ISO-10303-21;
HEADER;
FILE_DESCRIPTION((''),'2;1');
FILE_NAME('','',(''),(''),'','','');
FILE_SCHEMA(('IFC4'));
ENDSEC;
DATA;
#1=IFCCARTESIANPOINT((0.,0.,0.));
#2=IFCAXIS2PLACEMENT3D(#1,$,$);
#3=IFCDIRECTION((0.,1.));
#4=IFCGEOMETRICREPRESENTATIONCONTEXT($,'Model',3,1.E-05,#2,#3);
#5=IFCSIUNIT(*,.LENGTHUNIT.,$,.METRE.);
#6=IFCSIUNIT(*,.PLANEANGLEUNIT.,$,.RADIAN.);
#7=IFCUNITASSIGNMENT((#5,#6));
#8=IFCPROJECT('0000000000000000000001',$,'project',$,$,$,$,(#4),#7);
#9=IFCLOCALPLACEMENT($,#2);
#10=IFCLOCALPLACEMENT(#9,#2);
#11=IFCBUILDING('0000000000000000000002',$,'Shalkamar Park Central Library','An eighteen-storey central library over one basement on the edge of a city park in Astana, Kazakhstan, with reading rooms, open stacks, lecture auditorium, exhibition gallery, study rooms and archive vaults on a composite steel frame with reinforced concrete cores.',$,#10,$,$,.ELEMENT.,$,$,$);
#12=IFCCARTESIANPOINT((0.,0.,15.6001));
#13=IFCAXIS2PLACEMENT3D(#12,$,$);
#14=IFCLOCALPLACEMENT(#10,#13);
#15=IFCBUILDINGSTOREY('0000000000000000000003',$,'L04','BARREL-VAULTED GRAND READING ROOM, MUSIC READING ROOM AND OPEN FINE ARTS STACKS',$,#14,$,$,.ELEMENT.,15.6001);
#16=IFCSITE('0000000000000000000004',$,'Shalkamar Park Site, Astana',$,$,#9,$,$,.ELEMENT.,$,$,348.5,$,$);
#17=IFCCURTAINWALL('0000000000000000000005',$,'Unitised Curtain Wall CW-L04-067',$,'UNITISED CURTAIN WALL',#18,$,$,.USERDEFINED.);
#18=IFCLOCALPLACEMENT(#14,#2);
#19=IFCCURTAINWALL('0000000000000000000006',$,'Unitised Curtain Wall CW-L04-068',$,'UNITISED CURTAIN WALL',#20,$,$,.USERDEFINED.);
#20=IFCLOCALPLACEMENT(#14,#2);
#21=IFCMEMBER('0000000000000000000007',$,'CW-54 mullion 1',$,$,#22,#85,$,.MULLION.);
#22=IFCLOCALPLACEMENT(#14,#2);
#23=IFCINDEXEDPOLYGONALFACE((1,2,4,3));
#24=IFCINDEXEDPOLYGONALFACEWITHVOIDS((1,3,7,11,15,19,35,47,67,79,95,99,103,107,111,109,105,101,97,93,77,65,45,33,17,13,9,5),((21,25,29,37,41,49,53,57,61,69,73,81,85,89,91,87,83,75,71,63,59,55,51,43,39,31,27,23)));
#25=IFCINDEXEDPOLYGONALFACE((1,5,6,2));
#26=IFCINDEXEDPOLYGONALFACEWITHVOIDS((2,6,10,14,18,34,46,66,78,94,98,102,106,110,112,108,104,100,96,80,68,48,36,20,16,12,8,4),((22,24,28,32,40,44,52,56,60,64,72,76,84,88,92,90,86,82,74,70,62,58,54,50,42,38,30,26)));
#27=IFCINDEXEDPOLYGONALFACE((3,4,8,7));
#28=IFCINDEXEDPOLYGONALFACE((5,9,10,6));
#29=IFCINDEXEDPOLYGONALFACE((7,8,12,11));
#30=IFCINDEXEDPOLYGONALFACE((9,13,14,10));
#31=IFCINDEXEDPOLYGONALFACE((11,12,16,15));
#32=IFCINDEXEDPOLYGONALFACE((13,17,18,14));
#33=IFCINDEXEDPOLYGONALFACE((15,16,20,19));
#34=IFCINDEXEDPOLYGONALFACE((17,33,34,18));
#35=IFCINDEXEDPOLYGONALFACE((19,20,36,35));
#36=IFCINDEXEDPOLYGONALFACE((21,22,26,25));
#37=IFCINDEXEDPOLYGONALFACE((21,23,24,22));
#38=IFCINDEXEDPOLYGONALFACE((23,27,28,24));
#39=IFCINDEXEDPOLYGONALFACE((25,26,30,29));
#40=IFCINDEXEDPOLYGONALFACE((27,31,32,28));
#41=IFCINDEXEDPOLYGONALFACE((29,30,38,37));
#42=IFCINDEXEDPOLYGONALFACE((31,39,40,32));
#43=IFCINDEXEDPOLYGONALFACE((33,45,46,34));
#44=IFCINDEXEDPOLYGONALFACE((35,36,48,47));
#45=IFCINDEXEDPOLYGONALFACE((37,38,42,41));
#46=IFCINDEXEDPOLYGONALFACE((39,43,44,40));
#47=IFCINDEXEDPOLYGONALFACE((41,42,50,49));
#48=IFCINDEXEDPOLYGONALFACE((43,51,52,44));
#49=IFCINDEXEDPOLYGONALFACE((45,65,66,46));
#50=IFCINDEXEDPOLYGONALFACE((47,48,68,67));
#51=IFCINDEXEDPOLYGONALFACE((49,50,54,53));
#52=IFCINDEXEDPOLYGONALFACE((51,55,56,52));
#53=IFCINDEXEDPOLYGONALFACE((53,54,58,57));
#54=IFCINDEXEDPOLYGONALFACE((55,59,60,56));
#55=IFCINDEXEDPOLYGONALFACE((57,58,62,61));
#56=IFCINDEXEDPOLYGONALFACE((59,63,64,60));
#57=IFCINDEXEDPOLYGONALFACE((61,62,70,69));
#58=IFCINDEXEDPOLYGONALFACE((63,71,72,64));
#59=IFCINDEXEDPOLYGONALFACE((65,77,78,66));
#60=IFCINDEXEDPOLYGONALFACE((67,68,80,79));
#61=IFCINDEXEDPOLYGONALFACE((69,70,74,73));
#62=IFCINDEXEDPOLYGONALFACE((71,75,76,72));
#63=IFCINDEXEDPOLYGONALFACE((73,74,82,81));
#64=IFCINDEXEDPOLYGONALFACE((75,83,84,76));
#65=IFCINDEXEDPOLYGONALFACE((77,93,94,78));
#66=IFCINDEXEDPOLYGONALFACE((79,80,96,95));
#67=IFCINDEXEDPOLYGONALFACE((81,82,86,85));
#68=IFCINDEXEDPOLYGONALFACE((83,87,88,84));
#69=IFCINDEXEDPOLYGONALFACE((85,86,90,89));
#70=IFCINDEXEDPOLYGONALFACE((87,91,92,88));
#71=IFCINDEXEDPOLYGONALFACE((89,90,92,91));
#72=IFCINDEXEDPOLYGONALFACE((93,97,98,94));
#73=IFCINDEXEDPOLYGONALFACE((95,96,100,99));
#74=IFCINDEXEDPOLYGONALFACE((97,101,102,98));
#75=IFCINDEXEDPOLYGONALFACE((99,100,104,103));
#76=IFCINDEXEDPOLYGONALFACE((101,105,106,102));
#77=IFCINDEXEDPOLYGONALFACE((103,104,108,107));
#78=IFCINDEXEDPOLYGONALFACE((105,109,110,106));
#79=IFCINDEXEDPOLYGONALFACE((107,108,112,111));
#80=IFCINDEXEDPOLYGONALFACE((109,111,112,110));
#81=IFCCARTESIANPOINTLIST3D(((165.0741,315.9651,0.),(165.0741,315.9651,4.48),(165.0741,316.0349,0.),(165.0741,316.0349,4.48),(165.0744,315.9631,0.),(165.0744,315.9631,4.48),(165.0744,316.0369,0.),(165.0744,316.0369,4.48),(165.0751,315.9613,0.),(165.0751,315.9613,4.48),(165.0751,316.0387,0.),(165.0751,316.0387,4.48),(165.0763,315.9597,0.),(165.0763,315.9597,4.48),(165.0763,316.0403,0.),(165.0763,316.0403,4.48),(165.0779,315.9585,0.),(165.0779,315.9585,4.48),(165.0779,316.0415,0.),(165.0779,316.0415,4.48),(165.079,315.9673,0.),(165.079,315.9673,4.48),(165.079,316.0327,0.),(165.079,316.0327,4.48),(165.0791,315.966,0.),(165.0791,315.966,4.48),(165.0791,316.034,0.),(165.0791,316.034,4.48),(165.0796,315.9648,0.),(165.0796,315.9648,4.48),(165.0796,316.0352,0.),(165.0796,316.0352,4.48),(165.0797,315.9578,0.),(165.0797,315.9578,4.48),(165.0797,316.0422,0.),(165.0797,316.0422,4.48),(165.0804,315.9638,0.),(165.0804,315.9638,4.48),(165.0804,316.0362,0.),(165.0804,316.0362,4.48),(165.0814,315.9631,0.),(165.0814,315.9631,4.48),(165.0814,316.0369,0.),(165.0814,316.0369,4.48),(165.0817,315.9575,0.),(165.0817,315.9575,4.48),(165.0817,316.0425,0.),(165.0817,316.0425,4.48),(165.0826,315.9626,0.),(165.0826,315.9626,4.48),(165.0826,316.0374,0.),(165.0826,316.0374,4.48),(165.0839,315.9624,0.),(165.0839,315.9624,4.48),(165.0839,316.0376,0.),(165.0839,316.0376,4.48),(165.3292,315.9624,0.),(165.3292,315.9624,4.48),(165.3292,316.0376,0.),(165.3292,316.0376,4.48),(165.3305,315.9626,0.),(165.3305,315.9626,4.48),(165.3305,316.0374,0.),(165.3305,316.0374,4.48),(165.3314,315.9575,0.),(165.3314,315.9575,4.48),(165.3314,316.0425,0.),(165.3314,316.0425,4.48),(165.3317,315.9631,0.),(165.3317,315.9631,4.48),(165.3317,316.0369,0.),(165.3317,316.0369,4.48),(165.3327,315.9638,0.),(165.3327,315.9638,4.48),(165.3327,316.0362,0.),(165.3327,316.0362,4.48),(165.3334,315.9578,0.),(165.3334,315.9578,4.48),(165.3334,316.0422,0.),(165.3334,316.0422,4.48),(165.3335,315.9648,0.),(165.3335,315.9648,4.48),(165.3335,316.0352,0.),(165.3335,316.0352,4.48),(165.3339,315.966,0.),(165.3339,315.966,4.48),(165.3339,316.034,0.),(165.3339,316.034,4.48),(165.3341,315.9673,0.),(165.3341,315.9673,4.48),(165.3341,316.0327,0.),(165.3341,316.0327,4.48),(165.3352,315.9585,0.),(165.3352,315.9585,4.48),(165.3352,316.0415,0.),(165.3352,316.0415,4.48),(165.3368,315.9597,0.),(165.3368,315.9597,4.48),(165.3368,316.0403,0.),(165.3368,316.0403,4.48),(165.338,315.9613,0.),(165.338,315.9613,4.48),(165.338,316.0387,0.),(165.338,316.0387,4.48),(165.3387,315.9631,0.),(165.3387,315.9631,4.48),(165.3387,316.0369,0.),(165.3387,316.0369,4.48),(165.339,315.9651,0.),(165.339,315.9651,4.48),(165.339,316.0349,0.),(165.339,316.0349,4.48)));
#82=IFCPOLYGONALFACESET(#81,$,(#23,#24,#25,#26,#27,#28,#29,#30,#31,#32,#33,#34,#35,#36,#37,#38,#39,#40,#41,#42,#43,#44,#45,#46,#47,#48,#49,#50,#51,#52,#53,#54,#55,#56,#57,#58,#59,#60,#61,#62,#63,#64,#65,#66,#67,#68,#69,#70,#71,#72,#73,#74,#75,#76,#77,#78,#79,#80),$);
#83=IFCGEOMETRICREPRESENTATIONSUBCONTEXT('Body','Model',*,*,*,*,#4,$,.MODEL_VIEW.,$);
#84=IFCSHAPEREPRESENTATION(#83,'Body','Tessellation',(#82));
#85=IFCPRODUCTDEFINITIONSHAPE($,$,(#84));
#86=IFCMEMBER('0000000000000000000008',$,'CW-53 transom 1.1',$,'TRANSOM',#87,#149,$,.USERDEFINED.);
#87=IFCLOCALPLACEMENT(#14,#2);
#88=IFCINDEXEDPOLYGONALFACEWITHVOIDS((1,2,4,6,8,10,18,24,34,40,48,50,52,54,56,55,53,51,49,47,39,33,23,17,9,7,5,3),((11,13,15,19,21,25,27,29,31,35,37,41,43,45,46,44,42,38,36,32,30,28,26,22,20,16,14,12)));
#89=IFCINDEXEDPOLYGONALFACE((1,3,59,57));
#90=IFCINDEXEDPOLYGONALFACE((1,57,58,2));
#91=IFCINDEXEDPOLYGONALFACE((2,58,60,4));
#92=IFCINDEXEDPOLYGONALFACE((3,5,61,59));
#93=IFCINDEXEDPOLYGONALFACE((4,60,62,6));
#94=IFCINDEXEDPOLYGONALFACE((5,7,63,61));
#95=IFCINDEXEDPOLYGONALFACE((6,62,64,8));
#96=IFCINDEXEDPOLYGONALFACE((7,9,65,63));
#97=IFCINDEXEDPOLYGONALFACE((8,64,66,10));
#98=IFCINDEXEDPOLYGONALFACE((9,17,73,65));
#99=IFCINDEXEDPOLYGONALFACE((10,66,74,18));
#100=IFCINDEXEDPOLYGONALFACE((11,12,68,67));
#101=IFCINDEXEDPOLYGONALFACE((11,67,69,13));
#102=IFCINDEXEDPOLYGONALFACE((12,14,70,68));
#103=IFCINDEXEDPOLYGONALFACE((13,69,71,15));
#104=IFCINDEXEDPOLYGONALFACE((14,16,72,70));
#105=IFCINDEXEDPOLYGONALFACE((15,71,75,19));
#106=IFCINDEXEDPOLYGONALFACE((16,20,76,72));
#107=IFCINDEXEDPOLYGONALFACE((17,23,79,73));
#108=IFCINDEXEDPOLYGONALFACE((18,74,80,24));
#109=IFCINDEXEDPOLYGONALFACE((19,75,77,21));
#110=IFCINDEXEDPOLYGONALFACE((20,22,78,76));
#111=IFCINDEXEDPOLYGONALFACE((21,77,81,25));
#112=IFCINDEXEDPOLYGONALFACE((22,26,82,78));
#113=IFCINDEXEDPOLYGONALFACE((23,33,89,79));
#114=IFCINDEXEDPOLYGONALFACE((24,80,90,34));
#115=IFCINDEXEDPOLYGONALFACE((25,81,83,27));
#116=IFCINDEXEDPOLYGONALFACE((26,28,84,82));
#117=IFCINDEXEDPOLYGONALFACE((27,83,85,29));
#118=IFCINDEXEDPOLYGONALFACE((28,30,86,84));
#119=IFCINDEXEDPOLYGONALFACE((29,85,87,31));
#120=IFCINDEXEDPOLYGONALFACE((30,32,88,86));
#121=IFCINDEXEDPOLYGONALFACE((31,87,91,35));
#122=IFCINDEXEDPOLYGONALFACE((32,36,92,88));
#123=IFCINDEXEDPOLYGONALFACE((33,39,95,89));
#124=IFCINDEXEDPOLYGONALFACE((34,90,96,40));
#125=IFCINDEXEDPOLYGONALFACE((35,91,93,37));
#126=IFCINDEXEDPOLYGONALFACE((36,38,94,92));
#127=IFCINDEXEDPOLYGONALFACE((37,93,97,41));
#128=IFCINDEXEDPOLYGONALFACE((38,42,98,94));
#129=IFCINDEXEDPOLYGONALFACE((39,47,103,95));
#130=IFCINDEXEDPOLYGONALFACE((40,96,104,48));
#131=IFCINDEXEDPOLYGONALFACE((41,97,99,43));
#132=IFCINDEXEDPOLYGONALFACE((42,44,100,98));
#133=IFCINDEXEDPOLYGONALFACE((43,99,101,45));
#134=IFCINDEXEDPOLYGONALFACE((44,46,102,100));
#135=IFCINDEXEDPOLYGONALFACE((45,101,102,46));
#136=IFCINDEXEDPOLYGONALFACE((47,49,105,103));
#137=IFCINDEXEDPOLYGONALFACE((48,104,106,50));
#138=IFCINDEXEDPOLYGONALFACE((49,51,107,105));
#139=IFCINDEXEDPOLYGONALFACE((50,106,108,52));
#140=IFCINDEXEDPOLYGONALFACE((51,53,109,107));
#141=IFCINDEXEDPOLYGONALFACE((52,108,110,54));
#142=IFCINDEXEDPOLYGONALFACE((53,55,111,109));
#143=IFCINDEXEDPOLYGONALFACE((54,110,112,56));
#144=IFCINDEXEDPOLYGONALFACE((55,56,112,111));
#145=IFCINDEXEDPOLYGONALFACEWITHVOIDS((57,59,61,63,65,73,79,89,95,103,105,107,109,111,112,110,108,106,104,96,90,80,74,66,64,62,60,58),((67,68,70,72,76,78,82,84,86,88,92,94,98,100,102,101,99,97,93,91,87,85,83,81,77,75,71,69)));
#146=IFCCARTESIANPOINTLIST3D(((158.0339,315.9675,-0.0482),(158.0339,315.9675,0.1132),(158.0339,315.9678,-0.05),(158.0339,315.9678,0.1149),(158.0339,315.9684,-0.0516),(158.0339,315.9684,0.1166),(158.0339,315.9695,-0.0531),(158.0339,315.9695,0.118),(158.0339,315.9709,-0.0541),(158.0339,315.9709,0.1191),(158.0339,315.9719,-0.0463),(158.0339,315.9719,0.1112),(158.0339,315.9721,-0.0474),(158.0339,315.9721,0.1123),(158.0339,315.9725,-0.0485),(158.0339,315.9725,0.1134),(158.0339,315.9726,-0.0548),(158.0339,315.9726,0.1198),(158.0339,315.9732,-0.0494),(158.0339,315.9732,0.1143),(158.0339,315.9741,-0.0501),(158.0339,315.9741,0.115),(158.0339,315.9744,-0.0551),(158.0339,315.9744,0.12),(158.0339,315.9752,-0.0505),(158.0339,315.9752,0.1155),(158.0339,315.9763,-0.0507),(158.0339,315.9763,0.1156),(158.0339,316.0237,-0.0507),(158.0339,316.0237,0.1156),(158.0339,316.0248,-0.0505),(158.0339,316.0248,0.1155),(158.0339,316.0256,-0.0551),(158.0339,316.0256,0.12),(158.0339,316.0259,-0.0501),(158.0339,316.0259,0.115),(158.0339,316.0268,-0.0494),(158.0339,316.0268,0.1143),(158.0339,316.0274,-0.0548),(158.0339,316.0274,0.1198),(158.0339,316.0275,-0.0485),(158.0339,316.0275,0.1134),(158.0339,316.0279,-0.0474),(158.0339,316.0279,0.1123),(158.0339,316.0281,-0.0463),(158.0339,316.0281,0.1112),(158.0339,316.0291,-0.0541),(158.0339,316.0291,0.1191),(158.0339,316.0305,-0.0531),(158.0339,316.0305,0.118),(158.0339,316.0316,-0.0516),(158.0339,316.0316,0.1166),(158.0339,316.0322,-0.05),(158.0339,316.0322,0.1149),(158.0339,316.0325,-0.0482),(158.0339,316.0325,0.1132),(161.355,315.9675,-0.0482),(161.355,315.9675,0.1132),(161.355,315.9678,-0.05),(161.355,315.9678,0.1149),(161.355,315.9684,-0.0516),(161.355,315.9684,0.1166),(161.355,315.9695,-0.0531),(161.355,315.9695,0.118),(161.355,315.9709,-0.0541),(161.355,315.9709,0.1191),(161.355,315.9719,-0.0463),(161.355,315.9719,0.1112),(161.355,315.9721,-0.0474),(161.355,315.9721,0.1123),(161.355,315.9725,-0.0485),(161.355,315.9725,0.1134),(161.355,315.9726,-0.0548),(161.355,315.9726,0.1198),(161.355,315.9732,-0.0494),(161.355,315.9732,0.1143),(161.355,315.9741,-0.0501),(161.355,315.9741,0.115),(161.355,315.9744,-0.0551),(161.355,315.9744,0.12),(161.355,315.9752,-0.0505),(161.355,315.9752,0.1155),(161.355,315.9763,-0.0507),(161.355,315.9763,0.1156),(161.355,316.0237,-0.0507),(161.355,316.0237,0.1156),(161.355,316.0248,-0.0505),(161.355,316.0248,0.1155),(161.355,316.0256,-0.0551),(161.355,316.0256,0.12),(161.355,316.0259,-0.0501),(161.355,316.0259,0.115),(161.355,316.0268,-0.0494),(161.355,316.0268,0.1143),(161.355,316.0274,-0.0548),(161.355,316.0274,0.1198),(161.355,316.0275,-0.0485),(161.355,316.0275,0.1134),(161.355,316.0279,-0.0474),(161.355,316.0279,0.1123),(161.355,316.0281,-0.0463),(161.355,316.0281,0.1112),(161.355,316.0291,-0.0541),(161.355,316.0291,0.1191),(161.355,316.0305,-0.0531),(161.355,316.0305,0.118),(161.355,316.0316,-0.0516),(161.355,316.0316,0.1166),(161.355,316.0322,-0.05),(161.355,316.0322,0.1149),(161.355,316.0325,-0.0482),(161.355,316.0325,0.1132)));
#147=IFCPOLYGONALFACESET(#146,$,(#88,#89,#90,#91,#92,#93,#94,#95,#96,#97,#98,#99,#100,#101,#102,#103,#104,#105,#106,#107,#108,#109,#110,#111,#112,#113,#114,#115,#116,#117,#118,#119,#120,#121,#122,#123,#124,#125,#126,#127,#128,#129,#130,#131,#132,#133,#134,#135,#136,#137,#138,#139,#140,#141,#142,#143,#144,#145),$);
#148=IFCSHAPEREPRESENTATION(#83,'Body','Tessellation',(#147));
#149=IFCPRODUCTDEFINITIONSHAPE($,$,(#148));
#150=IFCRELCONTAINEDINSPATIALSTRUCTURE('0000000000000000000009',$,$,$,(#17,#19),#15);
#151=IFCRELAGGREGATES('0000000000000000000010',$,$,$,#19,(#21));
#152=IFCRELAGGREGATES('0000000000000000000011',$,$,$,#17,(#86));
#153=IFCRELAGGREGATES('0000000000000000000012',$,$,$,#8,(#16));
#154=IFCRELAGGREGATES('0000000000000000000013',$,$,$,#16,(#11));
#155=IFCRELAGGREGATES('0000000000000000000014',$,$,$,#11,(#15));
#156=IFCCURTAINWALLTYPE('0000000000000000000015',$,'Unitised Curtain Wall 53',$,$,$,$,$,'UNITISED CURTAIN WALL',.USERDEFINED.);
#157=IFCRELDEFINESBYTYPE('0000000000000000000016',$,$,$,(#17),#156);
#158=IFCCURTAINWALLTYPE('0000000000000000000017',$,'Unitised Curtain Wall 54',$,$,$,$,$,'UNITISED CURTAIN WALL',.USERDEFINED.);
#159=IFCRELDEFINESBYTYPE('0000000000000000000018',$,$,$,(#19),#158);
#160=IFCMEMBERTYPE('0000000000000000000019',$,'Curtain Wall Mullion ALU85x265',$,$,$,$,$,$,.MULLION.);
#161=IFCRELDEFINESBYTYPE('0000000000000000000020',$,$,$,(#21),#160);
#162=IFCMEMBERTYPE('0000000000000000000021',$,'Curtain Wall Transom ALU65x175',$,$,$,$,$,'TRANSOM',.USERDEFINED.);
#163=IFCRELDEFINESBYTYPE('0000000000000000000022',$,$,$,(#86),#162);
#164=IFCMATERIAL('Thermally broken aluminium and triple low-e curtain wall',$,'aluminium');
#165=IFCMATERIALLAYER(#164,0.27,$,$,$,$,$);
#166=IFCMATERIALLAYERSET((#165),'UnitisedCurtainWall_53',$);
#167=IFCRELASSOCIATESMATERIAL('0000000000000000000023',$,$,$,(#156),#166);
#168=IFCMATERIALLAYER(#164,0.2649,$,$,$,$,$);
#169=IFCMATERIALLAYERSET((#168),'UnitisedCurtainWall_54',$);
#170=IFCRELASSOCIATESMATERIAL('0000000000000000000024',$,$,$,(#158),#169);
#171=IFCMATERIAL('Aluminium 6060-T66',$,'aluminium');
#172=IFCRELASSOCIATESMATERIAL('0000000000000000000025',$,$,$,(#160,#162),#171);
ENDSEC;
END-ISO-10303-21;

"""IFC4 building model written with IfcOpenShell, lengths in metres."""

from ifc_helpers import new_model, si_unit, direction, frame, origin, origin_2d, place, context, subcontext, project, spatial, hollow_rectangle, extrude, material, layer, layer_set, material_profile, profile_set, type_object, element, aggregate, save


model = new_model("IFC4")

# Units and contexts
model_context = context("Model", 3, precision=1e-05, world=origin(), true_north=direction((0.0, 1.0)))
body_context = subcontext(model_context, "Body", "Model", "MODEL_VIEW")
ifc_project = project(units=[si_unit("LENGTHUNIT", "METRE"), si_unit("PLANEANGLEUNIT", "RADIAN")], contexts=[model_context])

# Site, building, storey
site_placement = place(None, origin())
site = spatial("IfcSite", under=ifc_project, at=site_placement, Name="Shalkamar Park Site, Astana", CompositionType="ELEMENT", RefElevation=348.5)
building_placement = place(site_placement, origin())
building = spatial("IfcBuilding", under=site, at=building_placement, Name="Shalkamar Park Central Library", Description="An eighteen-storey central library over one basement on the edge of a city park in Astana, Kazakhstan, with reading rooms, open stacks, lecture auditorium, exhibition gallery, study rooms and archive vaults on a composite steel frame with reinforced concrete cores.", CompositionType="ELEMENT")
storey_placement = place(building_placement, frame((0.0, 0.0, 15.6001)))
storey = spatial("IfcBuildingStorey", under=building, at=storey_placement, Name="L04", Description="BARREL-VAULTED GRAND READING ROOM, MUSIC READING ROOM AND OPEN FINE ARTS STACKS", CompositionType="ELEMENT", Elevation=15.6001)

# Curtain wall
ifc_material_1 = material(Name="Thermally broken aluminium and triple low-e curtain wall", Category="aluminium")
ifc_layer_1 = layer(ifc_material_1, 0.27)
ifc_layer_set_1 = layer_set([ifc_layer_1], Name="UnitisedCurtainWall_53")
curtain_wall_type_1 = type_object("IfcCurtainWallType", Name="Unitised Curtain Wall 53", ElementType="UNITISED CURTAIN WALL", PredefinedType="USERDEFINED", material=ifc_layer_set_1)
curtain_wall_1_placement = place(storey_placement, origin())
curtain_wall_1 = element("IfcCurtainWall", 1, at=curtain_wall_1_placement, inside=storey, type_object=curtain_wall_type_1, Name="Unitised Curtain Wall CW-L04-067", ObjectType="UNITISED CURTAIN WALL", PredefinedType="USERDEFINED")
ifc_material_2 = material(Name="Aluminium 6060-T66", Category="aluminium")

# Curtain wall, member
ifc_layer_2 = layer(ifc_material_1, 0.2649)
ifc_layer_set_2 = layer_set([ifc_layer_2], Name="UnitisedCurtainWall_54")
curtain_wall_type_2 = type_object("IfcCurtainWallType", Name="Unitised Curtain Wall 54", ElementType="UNITISED CURTAIN WALL", PredefinedType="USERDEFINED", material=ifc_layer_set_2)
curtain_wall_2_placement = place(storey_placement, origin())
curtain_wall_2 = element("IfcCurtainWall", 2, at=curtain_wall_2_placement, inside=storey, type_object=curtain_wall_type_2, Name="Unitised Curtain Wall CW-L04-068", ObjectType="UNITISED CURTAIN WALL", PredefinedType="USERDEFINED")
ifc_material_profile_1 = material_profile(ifc_material_2, hollow_rectangle(XDim=0.085, YDim=0.2649, WallThickness=0.0049, InnerFilletRadius=0.0049, OuterFilletRadius=0.0076, at=origin_2d()), Name="ALU 85x265x5")
ifc_profile_set_1 = profile_set([ifc_material_profile_1], Name="Aluminium 6060-T66")
member_type_1 = type_object("IfcMemberType", Name="Curtain Wall Mullion ALU85x265", PredefinedType="MULLION", material=ifc_profile_set_1)
member_1_placement = place(storey_placement, frame((165.2065, 316.0, 0.0), z_axis=(0.0, 0.0, 1.0), x_axis=(0.0, 1.0, 0.0)))
member_1 = element("IfcMember", 3, at=member_1_placement, type_object=member_type_1, Name="CW-54 mullion 1", PredefinedType="MULLION", context=body_context, shape_type="SweptSolid", body=[
    extrude(hollow_rectangle(XDim=0.085, YDim=0.2649, WallThickness=0.0049, InnerFilletRadius=0.0049, OuterFilletRadius=0.0076, at=origin_2d()), origin(), (0.0, 0.0, 1.0), 4.48),
])

# Member
ifc_material_profile_2 = material_profile(ifc_material_2, hollow_rectangle(XDim=0.0649, YDim=0.175, WallThickness=0.0044, InnerFilletRadius=0.0044, OuterFilletRadius=0.0068, at=origin_2d()), Name="ALU 65x175x4.5")
ifc_profile_set_2 = profile_set([ifc_material_profile_2], Name="Aluminium 6060-T66")
member_type_2 = type_object("IfcMemberType", Name="Curtain Wall Transom ALU65x175", ElementType="TRANSOM", PredefinedType="USERDEFINED", material=ifc_profile_set_2)
member_2_placement = place(storey_placement, frame((158.0339, 316.0, 0.0325), z_axis=(1.0, 0.0, 0.0), x_axis=(0.0, 1.0, 0.0)))
member_2 = element("IfcMember", 4, at=member_2_placement, type_object=member_type_2, Name="CW-53 transom 1.1", ObjectType="TRANSOM", PredefinedType="USERDEFINED", context=body_context, shape_type="SweptSolid", body=[
    extrude(hollow_rectangle(XDim=0.0649, YDim=0.175, WallThickness=0.0044, InnerFilletRadius=0.0044, OuterFilletRadius=0.0068, at=origin_2d()), origin(), (0.0, 0.0, 1.0), 3.321),
])
aggregate(curtain_wall_2, [member_1])

aggregate(curtain_wall_1, [member_2])

save(model, "model.ifc")
